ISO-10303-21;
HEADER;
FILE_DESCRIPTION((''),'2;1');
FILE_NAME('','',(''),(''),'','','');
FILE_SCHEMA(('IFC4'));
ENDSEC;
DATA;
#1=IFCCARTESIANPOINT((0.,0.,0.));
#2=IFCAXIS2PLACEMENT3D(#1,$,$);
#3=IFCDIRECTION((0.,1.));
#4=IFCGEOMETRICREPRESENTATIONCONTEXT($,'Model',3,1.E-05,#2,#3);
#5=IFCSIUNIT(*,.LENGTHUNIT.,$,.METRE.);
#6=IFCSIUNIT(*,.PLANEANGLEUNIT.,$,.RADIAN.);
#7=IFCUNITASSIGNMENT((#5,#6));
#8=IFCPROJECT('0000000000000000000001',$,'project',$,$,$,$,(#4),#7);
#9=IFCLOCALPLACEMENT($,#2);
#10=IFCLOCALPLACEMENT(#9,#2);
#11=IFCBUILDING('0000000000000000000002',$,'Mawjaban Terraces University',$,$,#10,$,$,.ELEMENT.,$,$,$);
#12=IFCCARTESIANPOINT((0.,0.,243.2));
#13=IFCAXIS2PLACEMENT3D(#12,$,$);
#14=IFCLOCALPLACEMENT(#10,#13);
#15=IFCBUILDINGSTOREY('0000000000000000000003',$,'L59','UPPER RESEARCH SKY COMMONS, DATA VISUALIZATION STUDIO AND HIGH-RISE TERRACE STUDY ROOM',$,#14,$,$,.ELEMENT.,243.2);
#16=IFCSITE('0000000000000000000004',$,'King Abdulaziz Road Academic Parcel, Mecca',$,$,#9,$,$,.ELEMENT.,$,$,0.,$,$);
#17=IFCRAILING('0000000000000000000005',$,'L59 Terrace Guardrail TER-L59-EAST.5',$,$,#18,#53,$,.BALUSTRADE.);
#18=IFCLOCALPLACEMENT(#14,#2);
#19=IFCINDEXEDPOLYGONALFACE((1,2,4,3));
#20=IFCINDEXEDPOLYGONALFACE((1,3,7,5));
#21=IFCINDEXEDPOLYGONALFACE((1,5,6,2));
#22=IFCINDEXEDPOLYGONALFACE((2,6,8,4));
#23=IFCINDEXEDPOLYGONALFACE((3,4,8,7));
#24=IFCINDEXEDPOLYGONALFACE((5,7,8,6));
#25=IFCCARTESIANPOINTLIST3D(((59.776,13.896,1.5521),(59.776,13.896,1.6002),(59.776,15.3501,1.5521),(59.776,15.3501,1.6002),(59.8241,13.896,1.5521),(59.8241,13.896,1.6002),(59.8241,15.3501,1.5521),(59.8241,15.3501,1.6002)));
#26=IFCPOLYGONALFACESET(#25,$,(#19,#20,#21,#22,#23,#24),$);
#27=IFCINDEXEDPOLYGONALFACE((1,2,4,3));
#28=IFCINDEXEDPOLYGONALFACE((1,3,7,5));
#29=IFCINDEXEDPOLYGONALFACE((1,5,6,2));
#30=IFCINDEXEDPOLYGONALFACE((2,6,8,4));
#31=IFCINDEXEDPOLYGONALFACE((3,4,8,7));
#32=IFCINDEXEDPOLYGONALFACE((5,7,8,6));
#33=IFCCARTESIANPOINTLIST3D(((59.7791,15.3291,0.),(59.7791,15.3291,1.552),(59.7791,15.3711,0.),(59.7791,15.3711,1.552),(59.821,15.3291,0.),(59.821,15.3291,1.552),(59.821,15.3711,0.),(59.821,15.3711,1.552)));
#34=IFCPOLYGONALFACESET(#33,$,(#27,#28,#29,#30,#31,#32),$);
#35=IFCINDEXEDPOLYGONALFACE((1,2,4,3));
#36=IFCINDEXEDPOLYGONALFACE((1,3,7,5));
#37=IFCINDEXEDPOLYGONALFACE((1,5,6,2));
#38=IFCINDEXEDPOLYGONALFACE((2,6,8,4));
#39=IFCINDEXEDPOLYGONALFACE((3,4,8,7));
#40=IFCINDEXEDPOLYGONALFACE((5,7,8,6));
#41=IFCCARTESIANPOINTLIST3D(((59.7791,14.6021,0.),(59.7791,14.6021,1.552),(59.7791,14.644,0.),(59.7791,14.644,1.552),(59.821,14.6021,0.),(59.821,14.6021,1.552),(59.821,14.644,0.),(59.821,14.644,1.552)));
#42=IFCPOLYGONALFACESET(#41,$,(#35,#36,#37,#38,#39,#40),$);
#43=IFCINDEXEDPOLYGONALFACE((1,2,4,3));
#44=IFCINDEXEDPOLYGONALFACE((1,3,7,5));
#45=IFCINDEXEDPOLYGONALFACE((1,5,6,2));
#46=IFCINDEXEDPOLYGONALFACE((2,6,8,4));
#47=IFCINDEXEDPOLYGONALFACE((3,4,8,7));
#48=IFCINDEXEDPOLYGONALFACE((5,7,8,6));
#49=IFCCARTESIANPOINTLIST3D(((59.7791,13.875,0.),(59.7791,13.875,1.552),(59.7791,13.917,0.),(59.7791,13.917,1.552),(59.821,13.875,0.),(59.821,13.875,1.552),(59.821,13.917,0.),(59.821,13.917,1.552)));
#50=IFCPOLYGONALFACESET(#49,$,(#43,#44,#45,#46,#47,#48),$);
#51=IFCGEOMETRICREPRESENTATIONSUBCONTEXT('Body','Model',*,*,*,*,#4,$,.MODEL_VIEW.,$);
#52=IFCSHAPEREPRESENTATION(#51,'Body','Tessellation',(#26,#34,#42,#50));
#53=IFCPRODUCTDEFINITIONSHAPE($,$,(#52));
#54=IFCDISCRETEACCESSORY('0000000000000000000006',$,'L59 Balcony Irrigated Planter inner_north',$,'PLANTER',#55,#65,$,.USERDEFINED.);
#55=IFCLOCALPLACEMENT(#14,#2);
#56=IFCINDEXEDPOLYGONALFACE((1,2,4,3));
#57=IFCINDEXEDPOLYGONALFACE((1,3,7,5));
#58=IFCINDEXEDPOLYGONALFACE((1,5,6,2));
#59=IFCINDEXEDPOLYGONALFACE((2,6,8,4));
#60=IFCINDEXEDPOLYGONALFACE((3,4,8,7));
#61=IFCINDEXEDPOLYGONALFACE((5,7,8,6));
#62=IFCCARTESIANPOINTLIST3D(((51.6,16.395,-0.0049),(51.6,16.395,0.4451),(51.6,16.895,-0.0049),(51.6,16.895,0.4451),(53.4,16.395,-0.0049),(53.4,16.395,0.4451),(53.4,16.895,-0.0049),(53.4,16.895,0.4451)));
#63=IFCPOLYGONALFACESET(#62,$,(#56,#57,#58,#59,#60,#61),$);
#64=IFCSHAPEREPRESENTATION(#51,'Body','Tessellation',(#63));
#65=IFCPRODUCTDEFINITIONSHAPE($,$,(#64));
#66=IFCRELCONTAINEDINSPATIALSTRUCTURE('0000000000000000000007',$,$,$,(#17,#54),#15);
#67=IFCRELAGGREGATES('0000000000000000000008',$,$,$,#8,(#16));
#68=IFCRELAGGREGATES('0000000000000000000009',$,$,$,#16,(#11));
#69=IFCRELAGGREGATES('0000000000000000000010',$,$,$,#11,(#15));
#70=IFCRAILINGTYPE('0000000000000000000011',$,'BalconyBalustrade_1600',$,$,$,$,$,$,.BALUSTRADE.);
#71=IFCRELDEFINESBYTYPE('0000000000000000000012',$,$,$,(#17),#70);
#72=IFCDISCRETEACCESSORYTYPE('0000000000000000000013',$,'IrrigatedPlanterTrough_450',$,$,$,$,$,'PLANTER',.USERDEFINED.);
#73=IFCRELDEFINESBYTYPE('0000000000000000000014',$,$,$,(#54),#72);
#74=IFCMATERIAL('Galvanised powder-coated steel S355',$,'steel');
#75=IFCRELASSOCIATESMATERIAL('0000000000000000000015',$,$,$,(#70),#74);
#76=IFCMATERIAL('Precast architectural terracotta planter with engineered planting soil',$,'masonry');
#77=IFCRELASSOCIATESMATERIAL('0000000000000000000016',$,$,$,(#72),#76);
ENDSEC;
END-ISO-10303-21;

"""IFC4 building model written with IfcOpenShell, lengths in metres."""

from ifc_helpers import new_model, si_unit, direction, frame, origin, origin_2d, place, context, subcontext, project, spatial, rectangle, extrude, material, type_object, element, save


model = new_model("IFC4")

# Units and contexts
model_context = context("Model", 3, precision=1e-05, world=origin(), true_north=direction((0.0, 1.0)))
body_context = subcontext(model_context, "Body", "Model", "MODEL_VIEW")
ifc_project = project(units=[si_unit("LENGTHUNIT", "METRE"), si_unit("PLANEANGLEUNIT", "RADIAN")], contexts=[model_context])

# Site, building, storey
site_placement = place(None, origin())
site = spatial("IfcSite", under=ifc_project, at=site_placement, Name="King Abdulaziz Road Academic Parcel, Mecca", CompositionType="ELEMENT", RefElevation=0.0)
building_placement = place(site_placement, origin())
building = spatial("IfcBuilding", under=site, at=building_placement, Name="Mawjaban Terraces University", CompositionType="ELEMENT")
storey_placement = place(building_placement, frame((0.0, 0.0, 243.2)))
storey = spatial("IfcBuildingStorey", under=building, at=storey_placement, Name="L59", Description="UPPER RESEARCH SKY COMMONS, DATA VISUALIZATION STUDIO AND HIGH-RISE TERRACE STUDY ROOM", CompositionType="ELEMENT", Elevation=243.2)

# Railing
ifc_material_1 = material(Name="Galvanised powder-coated steel S355", Category="steel")
railing_type = type_object("IfcRailingType", Name="BalconyBalustrade_1600", PredefinedType="BALUSTRADE", material=ifc_material_1)
railing_1_placement = place(storey_placement, frame((59.8, 15.3501, 0.0)))
element("IfcRailing", 1, at=railing_1_placement, inside=storey, type_object=railing_type, Name="L59 Terrace Guardrail TER-L59-EAST.5", PredefinedType="BALUSTRADE", context=body_context, shape_type="SweptSolid", body=[
    extrude(rectangle(XDim=0.0481, YDim=0.0481, at=origin_2d()), frame((0.0, 0.0, 1.5762), z_axis=(0.0, -1.0, 0.0), x_axis=(1.0, 0.0, 0.0)), (0.0, 0.0, 1.0), 1.4541),
    extrude(rectangle(XDim=0.042, YDim=0.042, at=origin_2d()), origin(), (0.0, 0.0, 1.0), 1.552),
    extrude(rectangle(XDim=0.042, YDim=0.042, at=origin_2d()), frame((0.0, -0.7271, 0.0)), (0.0, 0.0, 1.0), 1.552),
    extrude(rectangle(XDim=0.042, YDim=0.042, at=origin_2d()), frame((0.0, -1.4541, 0.0)), (0.0, 0.0, 1.0), 1.552),
])

# Discrete accessory
ifc_material_2 = material(Name="Precast architectural terracotta planter with engineered planting soil", Category="masonry")
discrete_accessory_type = type_object("IfcDiscreteAccessoryType", Name="IrrigatedPlanterTrough_450", ElementType="PLANTER", PredefinedType="USERDEFINED", material=ifc_material_2)
discrete_accessory_placement = place(storey_placement, frame((52.5, 16.645, -0.0049), z_axis=(0.0, 0.0, 1.0), x_axis=(1.0, 0.0, 0.0)))
element("IfcDiscreteAccessory", 2, at=discrete_accessory_placement, inside=storey, type_object=discrete_accessory_type, Name="L59 Balcony Irrigated Planter inner_north", ObjectType="PLANTER", PredefinedType="USERDEFINED", context=body_context, shape_type="SweptSolid", body=[
    extrude(rectangle(XDim=1.8, YDim=0.5, at=origin_2d()), origin(), (0.0, 0.0, 1.0), 0.45),
])

save(model, "model.ifc")
